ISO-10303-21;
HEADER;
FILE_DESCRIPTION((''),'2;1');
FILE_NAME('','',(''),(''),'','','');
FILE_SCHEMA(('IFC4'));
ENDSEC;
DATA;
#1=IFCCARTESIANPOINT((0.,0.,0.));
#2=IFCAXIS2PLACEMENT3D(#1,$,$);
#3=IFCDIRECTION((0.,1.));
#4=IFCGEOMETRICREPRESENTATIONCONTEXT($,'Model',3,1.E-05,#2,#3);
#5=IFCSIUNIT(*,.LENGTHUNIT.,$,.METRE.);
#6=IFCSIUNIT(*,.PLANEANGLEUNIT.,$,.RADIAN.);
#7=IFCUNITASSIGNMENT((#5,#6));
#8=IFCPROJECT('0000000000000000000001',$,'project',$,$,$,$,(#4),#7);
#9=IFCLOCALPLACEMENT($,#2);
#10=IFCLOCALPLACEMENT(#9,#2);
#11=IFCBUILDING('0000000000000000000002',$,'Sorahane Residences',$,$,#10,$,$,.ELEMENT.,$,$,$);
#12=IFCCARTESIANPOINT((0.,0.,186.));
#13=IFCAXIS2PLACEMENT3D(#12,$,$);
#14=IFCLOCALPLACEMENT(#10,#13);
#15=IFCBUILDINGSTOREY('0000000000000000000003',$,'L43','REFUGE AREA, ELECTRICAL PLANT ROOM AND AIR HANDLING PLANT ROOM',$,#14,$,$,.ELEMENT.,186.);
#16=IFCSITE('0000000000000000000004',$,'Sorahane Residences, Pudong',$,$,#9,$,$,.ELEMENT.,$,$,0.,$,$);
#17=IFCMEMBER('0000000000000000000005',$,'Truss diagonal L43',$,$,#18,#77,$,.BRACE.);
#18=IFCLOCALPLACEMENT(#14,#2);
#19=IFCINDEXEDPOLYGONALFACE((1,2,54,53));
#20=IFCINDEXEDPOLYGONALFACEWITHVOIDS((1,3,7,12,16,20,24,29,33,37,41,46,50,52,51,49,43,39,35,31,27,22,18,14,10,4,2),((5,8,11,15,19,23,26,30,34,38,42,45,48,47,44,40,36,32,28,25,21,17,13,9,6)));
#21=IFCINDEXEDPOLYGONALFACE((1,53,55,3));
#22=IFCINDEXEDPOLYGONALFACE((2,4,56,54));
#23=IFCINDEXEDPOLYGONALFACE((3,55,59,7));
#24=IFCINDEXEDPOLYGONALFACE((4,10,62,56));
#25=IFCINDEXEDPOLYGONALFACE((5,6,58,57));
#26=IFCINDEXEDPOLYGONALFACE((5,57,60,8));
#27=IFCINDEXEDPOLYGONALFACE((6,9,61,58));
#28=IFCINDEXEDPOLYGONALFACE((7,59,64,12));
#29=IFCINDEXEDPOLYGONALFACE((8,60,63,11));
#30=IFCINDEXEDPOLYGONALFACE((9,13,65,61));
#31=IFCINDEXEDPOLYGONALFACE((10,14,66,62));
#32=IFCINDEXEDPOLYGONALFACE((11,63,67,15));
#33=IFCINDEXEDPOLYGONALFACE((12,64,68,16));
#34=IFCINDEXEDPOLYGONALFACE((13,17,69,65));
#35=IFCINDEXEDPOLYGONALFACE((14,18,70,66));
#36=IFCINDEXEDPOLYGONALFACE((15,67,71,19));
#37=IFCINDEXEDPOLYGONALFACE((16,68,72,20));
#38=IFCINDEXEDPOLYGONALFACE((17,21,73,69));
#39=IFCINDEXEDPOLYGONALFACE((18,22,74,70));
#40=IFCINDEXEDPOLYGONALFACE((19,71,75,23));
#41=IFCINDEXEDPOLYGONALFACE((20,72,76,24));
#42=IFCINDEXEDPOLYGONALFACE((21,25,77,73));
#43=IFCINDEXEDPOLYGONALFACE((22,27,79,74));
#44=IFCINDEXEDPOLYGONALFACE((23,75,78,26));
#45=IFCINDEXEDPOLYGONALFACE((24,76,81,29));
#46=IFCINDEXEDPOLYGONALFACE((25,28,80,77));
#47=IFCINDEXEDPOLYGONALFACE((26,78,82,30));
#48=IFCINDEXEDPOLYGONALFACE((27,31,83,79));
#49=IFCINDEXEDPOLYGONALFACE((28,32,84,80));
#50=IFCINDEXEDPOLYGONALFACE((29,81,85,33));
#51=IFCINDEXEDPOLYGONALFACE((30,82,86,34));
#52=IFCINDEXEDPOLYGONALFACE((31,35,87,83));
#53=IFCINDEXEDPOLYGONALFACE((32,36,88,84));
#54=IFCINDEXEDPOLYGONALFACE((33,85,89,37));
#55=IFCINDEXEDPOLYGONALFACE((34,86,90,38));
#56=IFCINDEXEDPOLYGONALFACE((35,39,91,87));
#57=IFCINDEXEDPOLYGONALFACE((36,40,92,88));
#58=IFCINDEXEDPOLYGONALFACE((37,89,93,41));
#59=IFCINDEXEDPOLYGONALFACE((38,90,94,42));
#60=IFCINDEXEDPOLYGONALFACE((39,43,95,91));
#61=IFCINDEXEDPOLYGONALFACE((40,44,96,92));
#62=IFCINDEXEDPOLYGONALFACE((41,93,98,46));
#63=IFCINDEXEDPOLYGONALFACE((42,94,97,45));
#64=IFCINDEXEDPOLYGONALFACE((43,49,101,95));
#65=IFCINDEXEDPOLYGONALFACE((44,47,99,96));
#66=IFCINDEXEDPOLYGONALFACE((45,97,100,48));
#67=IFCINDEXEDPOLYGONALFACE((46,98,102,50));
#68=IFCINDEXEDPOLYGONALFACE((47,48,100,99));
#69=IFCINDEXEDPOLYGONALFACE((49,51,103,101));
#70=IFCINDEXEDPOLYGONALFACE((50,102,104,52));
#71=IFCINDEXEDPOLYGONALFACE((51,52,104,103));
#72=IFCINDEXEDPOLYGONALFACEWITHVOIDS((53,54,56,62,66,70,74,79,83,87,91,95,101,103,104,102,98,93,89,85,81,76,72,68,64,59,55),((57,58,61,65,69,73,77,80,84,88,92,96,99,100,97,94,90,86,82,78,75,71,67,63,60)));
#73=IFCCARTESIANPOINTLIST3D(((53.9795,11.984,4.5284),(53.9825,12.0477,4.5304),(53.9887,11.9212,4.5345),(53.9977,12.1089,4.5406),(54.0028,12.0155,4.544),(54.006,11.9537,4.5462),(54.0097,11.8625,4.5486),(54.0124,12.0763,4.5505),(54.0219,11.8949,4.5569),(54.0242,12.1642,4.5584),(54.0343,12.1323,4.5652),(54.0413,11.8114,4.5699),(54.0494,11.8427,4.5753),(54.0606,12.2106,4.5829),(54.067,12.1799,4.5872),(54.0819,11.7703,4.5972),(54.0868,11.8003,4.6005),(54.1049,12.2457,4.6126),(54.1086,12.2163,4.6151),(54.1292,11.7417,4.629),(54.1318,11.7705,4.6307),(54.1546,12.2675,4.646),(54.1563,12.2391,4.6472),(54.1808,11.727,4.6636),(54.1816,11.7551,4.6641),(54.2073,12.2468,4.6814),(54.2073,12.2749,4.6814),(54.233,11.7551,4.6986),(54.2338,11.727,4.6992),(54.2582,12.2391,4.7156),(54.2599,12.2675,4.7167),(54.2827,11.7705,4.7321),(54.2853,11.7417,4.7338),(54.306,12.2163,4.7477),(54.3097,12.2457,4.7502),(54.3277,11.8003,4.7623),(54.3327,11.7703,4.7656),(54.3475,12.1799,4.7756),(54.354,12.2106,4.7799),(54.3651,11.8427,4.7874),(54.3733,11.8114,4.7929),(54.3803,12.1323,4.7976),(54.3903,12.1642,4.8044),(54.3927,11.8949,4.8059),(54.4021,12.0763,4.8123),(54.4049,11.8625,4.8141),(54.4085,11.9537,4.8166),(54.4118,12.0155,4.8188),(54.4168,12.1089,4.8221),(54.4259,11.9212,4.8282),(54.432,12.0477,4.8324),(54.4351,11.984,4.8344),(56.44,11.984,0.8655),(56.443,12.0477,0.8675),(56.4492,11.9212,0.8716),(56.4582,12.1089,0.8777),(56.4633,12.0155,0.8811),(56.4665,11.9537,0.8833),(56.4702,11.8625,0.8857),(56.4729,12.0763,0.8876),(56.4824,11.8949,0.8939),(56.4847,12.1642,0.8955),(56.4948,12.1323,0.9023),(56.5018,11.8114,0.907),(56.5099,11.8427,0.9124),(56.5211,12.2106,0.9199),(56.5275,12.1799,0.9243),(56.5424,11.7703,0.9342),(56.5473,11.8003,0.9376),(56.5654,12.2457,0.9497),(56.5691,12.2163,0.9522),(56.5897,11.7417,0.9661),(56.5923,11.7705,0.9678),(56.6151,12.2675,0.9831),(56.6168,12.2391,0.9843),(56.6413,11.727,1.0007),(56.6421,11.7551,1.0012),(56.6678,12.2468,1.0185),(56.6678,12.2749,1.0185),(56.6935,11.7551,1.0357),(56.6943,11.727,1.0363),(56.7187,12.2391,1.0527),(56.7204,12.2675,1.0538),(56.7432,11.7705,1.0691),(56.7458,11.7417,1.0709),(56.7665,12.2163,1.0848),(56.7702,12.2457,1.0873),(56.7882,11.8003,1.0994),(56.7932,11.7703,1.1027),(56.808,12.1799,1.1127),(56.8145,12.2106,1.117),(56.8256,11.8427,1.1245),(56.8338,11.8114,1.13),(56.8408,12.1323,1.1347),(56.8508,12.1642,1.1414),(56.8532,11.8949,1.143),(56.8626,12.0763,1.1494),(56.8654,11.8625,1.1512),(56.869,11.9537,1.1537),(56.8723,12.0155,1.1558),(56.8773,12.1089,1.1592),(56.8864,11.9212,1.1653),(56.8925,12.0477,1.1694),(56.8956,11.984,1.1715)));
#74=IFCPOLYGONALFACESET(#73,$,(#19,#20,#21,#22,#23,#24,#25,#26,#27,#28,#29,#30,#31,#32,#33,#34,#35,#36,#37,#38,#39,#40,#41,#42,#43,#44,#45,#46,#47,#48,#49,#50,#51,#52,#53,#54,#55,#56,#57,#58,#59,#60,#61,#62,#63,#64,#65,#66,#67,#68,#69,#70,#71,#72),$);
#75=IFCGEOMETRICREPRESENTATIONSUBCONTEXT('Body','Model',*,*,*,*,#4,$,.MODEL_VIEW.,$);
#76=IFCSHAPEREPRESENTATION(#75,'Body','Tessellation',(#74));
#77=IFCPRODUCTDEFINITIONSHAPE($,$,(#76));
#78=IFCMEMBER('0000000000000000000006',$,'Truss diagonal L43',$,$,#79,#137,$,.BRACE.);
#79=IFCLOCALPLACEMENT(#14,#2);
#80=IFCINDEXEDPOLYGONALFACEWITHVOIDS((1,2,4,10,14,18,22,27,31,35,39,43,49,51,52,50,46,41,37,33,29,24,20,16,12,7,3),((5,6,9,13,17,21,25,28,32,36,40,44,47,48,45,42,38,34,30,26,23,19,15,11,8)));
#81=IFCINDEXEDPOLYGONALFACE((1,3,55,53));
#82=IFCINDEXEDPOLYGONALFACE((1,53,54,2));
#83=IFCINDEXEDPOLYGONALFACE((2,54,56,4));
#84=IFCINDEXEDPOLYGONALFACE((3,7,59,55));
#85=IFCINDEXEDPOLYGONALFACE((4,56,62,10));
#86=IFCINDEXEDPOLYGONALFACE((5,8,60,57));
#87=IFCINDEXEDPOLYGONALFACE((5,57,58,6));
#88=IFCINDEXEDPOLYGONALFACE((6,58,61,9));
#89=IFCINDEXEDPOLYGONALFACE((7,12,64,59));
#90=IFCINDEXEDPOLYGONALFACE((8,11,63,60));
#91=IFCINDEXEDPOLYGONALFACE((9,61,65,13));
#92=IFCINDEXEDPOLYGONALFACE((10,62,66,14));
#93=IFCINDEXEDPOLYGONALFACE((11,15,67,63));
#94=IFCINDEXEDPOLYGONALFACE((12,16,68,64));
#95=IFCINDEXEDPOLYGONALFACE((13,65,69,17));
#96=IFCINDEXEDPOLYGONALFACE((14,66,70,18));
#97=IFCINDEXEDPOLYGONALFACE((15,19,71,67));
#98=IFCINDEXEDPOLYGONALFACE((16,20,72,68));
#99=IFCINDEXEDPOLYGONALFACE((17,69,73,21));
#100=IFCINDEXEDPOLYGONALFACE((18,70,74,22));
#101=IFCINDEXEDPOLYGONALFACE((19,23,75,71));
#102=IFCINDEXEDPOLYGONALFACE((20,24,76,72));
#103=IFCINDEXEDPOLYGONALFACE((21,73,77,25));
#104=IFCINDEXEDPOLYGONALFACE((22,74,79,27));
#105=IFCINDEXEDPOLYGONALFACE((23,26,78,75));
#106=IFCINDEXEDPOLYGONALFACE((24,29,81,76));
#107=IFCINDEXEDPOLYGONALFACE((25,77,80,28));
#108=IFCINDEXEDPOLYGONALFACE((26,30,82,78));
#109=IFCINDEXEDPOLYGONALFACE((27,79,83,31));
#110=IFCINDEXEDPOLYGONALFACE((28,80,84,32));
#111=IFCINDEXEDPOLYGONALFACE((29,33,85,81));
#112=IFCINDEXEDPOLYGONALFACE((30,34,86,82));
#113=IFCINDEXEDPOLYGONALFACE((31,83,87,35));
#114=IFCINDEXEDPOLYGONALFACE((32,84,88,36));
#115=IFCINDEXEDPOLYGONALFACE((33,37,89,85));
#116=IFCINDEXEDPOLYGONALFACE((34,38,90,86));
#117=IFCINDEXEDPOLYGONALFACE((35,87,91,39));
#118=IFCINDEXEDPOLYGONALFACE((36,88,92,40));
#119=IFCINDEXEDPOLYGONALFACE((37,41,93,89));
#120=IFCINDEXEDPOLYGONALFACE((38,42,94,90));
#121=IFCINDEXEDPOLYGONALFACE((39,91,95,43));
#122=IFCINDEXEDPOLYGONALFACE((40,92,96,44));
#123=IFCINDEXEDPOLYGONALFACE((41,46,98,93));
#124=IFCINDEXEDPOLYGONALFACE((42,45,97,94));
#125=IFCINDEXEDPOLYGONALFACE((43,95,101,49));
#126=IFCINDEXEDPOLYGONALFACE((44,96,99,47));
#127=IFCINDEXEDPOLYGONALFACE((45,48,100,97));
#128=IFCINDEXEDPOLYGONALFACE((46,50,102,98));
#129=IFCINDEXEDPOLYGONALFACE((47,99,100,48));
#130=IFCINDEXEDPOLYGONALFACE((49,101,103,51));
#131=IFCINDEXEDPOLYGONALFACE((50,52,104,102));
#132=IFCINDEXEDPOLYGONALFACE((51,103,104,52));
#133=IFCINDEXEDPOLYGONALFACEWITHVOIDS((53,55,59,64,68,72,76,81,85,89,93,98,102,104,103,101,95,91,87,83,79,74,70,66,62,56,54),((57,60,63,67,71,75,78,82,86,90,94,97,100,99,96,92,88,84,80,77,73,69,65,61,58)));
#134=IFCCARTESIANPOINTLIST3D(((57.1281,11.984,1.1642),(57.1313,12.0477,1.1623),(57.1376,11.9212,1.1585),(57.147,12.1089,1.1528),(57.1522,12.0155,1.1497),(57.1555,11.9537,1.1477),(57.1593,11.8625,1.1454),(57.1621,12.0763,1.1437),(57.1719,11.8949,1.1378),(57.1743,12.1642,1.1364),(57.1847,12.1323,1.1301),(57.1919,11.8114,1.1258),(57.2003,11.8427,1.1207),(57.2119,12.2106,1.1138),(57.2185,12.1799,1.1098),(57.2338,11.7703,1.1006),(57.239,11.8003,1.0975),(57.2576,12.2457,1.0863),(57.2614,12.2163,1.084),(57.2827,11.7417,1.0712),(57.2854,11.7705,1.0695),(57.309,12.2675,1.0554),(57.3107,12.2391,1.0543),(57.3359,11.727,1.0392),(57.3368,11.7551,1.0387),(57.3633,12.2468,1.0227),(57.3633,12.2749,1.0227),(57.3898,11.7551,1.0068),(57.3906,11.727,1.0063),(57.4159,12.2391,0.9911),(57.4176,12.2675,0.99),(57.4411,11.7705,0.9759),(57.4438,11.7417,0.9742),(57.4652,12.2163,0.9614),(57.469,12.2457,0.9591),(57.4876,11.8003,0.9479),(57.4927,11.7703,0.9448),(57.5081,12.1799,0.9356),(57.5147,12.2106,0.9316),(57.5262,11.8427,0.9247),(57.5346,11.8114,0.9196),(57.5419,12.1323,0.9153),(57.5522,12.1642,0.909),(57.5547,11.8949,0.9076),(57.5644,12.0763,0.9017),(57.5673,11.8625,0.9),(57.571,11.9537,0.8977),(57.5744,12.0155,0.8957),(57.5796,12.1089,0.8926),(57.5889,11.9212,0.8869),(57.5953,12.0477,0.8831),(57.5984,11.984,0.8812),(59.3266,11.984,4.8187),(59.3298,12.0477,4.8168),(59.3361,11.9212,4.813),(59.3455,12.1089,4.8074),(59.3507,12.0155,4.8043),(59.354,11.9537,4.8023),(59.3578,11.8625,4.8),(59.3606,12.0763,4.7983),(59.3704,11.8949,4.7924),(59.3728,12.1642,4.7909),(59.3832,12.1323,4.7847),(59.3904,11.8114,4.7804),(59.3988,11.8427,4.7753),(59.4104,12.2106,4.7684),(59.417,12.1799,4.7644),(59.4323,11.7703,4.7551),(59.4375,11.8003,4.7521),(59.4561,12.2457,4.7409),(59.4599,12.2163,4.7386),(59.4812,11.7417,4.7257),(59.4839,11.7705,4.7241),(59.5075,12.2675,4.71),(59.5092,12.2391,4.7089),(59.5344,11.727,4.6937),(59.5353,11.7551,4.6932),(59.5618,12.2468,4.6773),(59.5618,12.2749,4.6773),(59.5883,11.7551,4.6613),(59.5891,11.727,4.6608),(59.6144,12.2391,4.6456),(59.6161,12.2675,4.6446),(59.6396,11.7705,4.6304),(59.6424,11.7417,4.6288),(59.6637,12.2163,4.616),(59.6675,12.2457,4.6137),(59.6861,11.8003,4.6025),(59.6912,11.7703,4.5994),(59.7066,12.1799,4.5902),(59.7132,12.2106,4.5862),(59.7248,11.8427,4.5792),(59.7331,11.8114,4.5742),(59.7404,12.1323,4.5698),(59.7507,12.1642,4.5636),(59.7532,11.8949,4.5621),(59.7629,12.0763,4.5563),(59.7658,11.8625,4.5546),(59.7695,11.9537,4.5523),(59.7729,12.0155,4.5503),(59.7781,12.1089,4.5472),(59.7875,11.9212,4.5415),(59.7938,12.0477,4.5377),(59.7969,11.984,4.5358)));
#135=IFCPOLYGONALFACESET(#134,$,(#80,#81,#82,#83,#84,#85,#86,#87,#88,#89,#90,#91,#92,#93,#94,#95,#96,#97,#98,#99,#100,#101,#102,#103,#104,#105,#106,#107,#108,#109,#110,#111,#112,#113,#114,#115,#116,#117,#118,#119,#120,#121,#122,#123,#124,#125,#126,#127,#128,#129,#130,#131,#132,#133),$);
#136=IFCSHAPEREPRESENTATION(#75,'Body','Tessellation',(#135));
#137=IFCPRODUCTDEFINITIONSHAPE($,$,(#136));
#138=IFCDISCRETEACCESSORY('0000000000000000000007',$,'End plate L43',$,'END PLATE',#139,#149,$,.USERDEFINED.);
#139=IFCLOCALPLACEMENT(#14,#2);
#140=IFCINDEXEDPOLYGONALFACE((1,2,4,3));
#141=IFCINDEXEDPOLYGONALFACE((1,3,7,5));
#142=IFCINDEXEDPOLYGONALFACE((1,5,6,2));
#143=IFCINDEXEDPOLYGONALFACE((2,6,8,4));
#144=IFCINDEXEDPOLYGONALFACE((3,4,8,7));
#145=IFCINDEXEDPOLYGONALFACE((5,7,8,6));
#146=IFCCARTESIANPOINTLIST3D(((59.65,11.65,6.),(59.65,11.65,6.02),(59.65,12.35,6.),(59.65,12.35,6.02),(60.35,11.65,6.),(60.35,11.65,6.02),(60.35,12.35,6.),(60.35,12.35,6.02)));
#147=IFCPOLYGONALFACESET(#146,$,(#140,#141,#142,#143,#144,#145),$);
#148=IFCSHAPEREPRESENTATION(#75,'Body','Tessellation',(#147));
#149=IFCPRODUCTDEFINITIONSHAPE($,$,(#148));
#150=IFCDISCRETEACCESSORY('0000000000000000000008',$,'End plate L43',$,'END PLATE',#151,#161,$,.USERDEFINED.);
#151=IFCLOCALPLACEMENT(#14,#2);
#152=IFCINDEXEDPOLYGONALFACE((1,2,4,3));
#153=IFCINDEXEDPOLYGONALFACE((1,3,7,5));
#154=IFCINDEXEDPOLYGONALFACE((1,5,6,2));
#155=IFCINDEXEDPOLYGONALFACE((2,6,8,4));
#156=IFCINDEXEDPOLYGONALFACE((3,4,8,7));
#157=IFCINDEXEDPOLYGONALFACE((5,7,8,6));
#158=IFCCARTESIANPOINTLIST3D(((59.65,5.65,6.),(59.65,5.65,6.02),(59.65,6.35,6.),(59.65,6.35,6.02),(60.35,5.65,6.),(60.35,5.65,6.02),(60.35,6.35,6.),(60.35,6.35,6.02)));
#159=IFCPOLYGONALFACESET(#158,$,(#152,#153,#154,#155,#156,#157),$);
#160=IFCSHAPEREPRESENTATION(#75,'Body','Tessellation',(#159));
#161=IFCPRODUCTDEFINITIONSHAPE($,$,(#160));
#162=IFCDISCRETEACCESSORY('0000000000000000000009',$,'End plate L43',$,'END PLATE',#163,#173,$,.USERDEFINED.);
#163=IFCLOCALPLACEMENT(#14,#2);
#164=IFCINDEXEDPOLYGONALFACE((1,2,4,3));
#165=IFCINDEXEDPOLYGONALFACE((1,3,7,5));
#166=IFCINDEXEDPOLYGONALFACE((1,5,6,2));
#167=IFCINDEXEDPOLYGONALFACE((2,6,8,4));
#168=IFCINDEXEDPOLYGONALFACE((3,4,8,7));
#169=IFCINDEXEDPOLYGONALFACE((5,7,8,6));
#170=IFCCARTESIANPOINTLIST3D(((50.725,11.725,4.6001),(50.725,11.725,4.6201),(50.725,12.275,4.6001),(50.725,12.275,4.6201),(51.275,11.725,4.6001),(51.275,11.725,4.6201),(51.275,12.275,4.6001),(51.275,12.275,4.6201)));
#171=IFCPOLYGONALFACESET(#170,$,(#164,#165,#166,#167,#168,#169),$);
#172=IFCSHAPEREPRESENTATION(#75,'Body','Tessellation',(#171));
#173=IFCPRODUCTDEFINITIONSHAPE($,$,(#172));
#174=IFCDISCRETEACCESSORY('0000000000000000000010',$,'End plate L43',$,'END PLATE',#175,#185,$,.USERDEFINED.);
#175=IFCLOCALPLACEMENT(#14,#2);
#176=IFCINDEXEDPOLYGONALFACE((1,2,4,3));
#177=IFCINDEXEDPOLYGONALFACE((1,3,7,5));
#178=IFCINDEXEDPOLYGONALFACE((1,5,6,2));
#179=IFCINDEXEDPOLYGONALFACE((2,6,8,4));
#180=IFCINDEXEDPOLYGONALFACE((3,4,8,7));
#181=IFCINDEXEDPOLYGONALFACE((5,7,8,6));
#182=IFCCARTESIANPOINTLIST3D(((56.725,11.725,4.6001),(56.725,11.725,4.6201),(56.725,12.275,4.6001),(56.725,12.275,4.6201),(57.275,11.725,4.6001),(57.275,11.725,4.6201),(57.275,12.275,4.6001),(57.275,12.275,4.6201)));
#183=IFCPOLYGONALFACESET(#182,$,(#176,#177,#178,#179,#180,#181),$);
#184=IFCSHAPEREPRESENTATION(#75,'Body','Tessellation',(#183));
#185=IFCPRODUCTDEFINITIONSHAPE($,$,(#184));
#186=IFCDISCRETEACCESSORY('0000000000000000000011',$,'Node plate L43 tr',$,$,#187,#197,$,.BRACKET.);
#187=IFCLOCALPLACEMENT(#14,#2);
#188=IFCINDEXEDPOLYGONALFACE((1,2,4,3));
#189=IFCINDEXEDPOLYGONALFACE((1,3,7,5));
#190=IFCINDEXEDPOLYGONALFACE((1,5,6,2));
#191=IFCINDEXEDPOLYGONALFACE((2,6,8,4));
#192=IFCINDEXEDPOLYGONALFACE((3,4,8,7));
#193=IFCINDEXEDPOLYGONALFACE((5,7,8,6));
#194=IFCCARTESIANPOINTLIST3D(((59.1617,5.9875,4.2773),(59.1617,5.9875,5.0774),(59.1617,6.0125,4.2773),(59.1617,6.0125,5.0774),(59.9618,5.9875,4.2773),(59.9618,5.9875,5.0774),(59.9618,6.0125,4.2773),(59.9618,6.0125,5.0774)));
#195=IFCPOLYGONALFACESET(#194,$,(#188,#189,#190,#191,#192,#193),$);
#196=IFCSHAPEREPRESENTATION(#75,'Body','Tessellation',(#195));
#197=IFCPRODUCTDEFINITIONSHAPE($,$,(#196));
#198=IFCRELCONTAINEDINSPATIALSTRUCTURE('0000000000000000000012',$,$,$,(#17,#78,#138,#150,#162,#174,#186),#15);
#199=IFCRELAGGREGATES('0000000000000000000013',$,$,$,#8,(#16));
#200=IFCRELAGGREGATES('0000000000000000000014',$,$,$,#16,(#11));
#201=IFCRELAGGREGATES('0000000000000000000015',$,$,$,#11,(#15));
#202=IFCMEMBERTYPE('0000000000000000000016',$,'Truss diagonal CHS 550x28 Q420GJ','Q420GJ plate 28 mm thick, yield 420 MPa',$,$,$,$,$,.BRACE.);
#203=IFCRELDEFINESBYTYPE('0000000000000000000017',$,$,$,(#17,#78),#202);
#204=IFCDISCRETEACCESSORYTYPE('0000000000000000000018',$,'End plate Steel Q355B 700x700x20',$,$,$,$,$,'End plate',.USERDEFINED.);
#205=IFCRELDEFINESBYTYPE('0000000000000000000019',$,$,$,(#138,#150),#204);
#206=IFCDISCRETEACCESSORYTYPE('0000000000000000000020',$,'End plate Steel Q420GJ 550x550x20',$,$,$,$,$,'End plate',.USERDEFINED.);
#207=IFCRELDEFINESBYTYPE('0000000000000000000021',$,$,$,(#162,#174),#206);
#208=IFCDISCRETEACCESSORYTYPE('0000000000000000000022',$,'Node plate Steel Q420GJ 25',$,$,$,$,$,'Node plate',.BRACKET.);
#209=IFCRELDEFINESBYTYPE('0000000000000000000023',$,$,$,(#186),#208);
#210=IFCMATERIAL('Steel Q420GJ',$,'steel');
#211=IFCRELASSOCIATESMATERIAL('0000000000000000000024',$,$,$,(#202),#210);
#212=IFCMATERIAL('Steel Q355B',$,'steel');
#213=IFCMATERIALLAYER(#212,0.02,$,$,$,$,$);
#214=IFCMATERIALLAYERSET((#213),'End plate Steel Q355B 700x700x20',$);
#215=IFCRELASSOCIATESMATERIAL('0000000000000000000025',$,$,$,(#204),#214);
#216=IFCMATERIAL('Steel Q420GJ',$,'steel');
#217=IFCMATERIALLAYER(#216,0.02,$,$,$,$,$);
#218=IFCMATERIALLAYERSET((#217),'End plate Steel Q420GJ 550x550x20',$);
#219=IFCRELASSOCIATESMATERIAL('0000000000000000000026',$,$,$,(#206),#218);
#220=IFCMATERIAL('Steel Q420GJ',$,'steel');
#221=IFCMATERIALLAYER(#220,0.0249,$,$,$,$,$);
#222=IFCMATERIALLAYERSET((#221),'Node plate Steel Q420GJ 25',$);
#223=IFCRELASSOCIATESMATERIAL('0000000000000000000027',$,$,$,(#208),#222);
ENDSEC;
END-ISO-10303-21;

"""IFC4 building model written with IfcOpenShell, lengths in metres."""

from ifc_helpers import new_model, si_unit, direction, frame, origin, origin_2d, place, context, subcontext, project, spatial, rectangle, hollow_circle, extrude, material, layer, layer_set, material_profile, profile_set, type_object, element, save


model = new_model("IFC4")

# Units and contexts
model_context = context("Model", 3, precision=1e-05, world=origin(), true_north=direction((0.0, 1.0)))
body_context = subcontext(model_context, "Body", "Model", "MODEL_VIEW")
ifc_project = project(units=[si_unit("LENGTHUNIT", "METRE"), si_unit("PLANEANGLEUNIT", "RADIAN")], contexts=[model_context])

# Site, building, storey
site_placement = place(None, origin())
site = spatial("IfcSite", under=ifc_project, at=site_placement, Name="Sorahane Residences, Pudong", CompositionType="ELEMENT", RefElevation=0.0)
building_placement = place(site_placement, origin())
building = spatial("IfcBuilding", under=site, at=building_placement, Name="Sorahane Residences", CompositionType="ELEMENT")
storey_placement = place(building_placement, frame((0.0, 0.0, 186.0)))
storey = spatial("IfcBuildingStorey", under=building, at=storey_placement, Name="L43", Description="REFUGE AREA, ELECTRICAL PLANT ROOM AND AIR HANDLING PLANT ROOM", CompositionType="ELEMENT", Elevation=186.0)

# Members
ifc_material_1 = material(Name="Steel Q420GJ", Category="steel")
ifc_material_profile_1 = material_profile(ifc_material_1, hollow_circle(Radius=0.2749, WallThickness=0.0281, at=origin_2d()), Name="CHS 550x28")
ifc_profile_set_1 = profile_set([ifc_material_profile_1], Name="Steel Q420GJ")
member_type = type_object("IfcMemberType", Name="Truss diagonal CHS 550x28 Q420GJ", Description="Q420GJ plate 28 mm thick, yield 420 MPa", PredefinedType="BRACE", material=ifc_profile_set_1)
for number, where, z_axis, x_axis, name in (
    (1, (54.2073, 12.0, 4.6814), (0.557608, 0.0, -0.830104), (0.0, 1.0, 0.0), "Truss diagonal L43"),
):
    element("IfcMember", number, at=place(storey_placement, frame(where, z_axis=z_axis, x_axis=x_axis)), inside=storey, type_object=member_type, Name=name, PredefinedType="BRACE", context=body_context, shape_type="SweptSolid", body=[
        extrude(hollow_circle(Radius=0.2749, WallThickness=0.0281, at=origin_2d()), origin(), (0.0, 0.0, 1.0), 4.4126),
    ])
member_1_placement = place(storey_placement, frame((57.3633, 12.0, 1.0227), z_axis=(0.515489, 0.0, 0.856896), x_axis=(0.0, 1.0, 0.0)))
element("IfcMember", 2, at=member_1_placement, inside=storey, type_object=member_type, Name="Truss diagonal L43", PredefinedType="BRACE", context=body_context, shape_type="SweptSolid", body=[
    extrude(hollow_circle(Radius=0.2749, WallThickness=0.0281, at=origin_2d()), origin(), (0.0, 0.0, 1.0), 4.2649),
])

# Discrete accessories
ifc_material_2 = material(Name="Steel Q355B", Category="steel")
ifc_layer_1 = layer(ifc_material_2, 0.02)
ifc_layer_set_1 = layer_set([ifc_layer_1], Name="End plate Steel Q355B 700x700x20")
discrete_accessory_type_1 = type_object("IfcDiscreteAccessoryType", Name="End plate Steel Q355B 700x700x20", ElementType="End plate", PredefinedType="USERDEFINED", material=ifc_layer_set_1)
for number, where, z_axis, x_axis, name in (
    (3, (60.0, 12.0, 6.0), (0.0, 0.0, 1.0), (1.0, 0.0, 0.0), "End plate L43"),
    (4, (60.0, 6.0, 6.0), (0.0, 0.0, 1.0), (1.0, 0.0, 0.0), "End plate L43"),
):
    element("IfcDiscreteAccessory", number, at=place(storey_placement, frame(where, z_axis=z_axis, x_axis=x_axis)), inside=storey, type_object=discrete_accessory_type_1, Name=name, ObjectType="END PLATE", PredefinedType="USERDEFINED", context=body_context, shape_type="SweptSolid", body=[
        extrude(rectangle(XDim=0.7, YDim=0.7, at=origin_2d()), origin(), (0.0, 0.0, 1.0), 0.02),
    ])
ifc_material_3 = material(Name="Steel Q420GJ", Category="steel")
ifc_layer_2 = layer(ifc_material_3, 0.02)
ifc_layer_set_2 = layer_set([ifc_layer_2], Name="End plate Steel Q420GJ 550x550x20")
discrete_accessory_type_2 = type_object("IfcDiscreteAccessoryType", Name="End plate Steel Q420GJ 550x550x20", ElementType="End plate", PredefinedType="USERDEFINED", material=ifc_layer_set_2)
for number, where, z_axis, x_axis, name in (
    (5, (51.0, 12.0, 4.6001), (0.0, 0.0, 1.0), (1.0, 0.0, 0.0), "End plate L43"),
    (6, (57.0, 12.0, 4.6001), (0.0, 0.0, 1.0), (1.0, 0.0, 0.0), "End plate L43"),
):
    element("IfcDiscreteAccessory", number, at=place(storey_placement, frame(where, z_axis=z_axis, x_axis=x_axis)), inside=storey, type_object=discrete_accessory_type_2, Name=name, ObjectType="END PLATE", PredefinedType="USERDEFINED", context=body_context, shape_type="SweptSolid", body=[
        extrude(rectangle(XDim=0.55, YDim=0.55, at=origin_2d()), origin(), (0.0, 0.0, 1.0), 0.02),
    ])
ifc_material_4 = material(Name="Steel Q420GJ", Category="steel")
ifc_layer_3 = layer(ifc_material_4, 0.0249)
ifc_layer_set_3 = layer_set([ifc_layer_3], Name="Node plate Steel Q420GJ 25")
discrete_accessory_type_3 = type_object("IfcDiscreteAccessoryType", Name="Node plate Steel Q420GJ 25", ElementType="Node plate", PredefinedType="BRACKET", material=ifc_layer_set_3)
discrete_accessory_1_placement = place(storey_placement, frame((59.5618, 6.0, 4.2773), z_axis=(0.0, 0.0, 1.0), x_axis=(1.0, 0.0, 0.0)))
element("IfcDiscreteAccessory", 7, at=discrete_accessory_1_placement, inside=storey, type_object=discrete_accessory_type_3, Name="Node plate L43 tr", PredefinedType="BRACKET", context=body_context, shape_type="SweptSolid", body=[
    extrude(rectangle(XDim=0.8, YDim=0.0249, at=origin_2d()), origin(), (0.0, 0.0, 1.0), 0.8),
])

save(model, "model.ifc")
